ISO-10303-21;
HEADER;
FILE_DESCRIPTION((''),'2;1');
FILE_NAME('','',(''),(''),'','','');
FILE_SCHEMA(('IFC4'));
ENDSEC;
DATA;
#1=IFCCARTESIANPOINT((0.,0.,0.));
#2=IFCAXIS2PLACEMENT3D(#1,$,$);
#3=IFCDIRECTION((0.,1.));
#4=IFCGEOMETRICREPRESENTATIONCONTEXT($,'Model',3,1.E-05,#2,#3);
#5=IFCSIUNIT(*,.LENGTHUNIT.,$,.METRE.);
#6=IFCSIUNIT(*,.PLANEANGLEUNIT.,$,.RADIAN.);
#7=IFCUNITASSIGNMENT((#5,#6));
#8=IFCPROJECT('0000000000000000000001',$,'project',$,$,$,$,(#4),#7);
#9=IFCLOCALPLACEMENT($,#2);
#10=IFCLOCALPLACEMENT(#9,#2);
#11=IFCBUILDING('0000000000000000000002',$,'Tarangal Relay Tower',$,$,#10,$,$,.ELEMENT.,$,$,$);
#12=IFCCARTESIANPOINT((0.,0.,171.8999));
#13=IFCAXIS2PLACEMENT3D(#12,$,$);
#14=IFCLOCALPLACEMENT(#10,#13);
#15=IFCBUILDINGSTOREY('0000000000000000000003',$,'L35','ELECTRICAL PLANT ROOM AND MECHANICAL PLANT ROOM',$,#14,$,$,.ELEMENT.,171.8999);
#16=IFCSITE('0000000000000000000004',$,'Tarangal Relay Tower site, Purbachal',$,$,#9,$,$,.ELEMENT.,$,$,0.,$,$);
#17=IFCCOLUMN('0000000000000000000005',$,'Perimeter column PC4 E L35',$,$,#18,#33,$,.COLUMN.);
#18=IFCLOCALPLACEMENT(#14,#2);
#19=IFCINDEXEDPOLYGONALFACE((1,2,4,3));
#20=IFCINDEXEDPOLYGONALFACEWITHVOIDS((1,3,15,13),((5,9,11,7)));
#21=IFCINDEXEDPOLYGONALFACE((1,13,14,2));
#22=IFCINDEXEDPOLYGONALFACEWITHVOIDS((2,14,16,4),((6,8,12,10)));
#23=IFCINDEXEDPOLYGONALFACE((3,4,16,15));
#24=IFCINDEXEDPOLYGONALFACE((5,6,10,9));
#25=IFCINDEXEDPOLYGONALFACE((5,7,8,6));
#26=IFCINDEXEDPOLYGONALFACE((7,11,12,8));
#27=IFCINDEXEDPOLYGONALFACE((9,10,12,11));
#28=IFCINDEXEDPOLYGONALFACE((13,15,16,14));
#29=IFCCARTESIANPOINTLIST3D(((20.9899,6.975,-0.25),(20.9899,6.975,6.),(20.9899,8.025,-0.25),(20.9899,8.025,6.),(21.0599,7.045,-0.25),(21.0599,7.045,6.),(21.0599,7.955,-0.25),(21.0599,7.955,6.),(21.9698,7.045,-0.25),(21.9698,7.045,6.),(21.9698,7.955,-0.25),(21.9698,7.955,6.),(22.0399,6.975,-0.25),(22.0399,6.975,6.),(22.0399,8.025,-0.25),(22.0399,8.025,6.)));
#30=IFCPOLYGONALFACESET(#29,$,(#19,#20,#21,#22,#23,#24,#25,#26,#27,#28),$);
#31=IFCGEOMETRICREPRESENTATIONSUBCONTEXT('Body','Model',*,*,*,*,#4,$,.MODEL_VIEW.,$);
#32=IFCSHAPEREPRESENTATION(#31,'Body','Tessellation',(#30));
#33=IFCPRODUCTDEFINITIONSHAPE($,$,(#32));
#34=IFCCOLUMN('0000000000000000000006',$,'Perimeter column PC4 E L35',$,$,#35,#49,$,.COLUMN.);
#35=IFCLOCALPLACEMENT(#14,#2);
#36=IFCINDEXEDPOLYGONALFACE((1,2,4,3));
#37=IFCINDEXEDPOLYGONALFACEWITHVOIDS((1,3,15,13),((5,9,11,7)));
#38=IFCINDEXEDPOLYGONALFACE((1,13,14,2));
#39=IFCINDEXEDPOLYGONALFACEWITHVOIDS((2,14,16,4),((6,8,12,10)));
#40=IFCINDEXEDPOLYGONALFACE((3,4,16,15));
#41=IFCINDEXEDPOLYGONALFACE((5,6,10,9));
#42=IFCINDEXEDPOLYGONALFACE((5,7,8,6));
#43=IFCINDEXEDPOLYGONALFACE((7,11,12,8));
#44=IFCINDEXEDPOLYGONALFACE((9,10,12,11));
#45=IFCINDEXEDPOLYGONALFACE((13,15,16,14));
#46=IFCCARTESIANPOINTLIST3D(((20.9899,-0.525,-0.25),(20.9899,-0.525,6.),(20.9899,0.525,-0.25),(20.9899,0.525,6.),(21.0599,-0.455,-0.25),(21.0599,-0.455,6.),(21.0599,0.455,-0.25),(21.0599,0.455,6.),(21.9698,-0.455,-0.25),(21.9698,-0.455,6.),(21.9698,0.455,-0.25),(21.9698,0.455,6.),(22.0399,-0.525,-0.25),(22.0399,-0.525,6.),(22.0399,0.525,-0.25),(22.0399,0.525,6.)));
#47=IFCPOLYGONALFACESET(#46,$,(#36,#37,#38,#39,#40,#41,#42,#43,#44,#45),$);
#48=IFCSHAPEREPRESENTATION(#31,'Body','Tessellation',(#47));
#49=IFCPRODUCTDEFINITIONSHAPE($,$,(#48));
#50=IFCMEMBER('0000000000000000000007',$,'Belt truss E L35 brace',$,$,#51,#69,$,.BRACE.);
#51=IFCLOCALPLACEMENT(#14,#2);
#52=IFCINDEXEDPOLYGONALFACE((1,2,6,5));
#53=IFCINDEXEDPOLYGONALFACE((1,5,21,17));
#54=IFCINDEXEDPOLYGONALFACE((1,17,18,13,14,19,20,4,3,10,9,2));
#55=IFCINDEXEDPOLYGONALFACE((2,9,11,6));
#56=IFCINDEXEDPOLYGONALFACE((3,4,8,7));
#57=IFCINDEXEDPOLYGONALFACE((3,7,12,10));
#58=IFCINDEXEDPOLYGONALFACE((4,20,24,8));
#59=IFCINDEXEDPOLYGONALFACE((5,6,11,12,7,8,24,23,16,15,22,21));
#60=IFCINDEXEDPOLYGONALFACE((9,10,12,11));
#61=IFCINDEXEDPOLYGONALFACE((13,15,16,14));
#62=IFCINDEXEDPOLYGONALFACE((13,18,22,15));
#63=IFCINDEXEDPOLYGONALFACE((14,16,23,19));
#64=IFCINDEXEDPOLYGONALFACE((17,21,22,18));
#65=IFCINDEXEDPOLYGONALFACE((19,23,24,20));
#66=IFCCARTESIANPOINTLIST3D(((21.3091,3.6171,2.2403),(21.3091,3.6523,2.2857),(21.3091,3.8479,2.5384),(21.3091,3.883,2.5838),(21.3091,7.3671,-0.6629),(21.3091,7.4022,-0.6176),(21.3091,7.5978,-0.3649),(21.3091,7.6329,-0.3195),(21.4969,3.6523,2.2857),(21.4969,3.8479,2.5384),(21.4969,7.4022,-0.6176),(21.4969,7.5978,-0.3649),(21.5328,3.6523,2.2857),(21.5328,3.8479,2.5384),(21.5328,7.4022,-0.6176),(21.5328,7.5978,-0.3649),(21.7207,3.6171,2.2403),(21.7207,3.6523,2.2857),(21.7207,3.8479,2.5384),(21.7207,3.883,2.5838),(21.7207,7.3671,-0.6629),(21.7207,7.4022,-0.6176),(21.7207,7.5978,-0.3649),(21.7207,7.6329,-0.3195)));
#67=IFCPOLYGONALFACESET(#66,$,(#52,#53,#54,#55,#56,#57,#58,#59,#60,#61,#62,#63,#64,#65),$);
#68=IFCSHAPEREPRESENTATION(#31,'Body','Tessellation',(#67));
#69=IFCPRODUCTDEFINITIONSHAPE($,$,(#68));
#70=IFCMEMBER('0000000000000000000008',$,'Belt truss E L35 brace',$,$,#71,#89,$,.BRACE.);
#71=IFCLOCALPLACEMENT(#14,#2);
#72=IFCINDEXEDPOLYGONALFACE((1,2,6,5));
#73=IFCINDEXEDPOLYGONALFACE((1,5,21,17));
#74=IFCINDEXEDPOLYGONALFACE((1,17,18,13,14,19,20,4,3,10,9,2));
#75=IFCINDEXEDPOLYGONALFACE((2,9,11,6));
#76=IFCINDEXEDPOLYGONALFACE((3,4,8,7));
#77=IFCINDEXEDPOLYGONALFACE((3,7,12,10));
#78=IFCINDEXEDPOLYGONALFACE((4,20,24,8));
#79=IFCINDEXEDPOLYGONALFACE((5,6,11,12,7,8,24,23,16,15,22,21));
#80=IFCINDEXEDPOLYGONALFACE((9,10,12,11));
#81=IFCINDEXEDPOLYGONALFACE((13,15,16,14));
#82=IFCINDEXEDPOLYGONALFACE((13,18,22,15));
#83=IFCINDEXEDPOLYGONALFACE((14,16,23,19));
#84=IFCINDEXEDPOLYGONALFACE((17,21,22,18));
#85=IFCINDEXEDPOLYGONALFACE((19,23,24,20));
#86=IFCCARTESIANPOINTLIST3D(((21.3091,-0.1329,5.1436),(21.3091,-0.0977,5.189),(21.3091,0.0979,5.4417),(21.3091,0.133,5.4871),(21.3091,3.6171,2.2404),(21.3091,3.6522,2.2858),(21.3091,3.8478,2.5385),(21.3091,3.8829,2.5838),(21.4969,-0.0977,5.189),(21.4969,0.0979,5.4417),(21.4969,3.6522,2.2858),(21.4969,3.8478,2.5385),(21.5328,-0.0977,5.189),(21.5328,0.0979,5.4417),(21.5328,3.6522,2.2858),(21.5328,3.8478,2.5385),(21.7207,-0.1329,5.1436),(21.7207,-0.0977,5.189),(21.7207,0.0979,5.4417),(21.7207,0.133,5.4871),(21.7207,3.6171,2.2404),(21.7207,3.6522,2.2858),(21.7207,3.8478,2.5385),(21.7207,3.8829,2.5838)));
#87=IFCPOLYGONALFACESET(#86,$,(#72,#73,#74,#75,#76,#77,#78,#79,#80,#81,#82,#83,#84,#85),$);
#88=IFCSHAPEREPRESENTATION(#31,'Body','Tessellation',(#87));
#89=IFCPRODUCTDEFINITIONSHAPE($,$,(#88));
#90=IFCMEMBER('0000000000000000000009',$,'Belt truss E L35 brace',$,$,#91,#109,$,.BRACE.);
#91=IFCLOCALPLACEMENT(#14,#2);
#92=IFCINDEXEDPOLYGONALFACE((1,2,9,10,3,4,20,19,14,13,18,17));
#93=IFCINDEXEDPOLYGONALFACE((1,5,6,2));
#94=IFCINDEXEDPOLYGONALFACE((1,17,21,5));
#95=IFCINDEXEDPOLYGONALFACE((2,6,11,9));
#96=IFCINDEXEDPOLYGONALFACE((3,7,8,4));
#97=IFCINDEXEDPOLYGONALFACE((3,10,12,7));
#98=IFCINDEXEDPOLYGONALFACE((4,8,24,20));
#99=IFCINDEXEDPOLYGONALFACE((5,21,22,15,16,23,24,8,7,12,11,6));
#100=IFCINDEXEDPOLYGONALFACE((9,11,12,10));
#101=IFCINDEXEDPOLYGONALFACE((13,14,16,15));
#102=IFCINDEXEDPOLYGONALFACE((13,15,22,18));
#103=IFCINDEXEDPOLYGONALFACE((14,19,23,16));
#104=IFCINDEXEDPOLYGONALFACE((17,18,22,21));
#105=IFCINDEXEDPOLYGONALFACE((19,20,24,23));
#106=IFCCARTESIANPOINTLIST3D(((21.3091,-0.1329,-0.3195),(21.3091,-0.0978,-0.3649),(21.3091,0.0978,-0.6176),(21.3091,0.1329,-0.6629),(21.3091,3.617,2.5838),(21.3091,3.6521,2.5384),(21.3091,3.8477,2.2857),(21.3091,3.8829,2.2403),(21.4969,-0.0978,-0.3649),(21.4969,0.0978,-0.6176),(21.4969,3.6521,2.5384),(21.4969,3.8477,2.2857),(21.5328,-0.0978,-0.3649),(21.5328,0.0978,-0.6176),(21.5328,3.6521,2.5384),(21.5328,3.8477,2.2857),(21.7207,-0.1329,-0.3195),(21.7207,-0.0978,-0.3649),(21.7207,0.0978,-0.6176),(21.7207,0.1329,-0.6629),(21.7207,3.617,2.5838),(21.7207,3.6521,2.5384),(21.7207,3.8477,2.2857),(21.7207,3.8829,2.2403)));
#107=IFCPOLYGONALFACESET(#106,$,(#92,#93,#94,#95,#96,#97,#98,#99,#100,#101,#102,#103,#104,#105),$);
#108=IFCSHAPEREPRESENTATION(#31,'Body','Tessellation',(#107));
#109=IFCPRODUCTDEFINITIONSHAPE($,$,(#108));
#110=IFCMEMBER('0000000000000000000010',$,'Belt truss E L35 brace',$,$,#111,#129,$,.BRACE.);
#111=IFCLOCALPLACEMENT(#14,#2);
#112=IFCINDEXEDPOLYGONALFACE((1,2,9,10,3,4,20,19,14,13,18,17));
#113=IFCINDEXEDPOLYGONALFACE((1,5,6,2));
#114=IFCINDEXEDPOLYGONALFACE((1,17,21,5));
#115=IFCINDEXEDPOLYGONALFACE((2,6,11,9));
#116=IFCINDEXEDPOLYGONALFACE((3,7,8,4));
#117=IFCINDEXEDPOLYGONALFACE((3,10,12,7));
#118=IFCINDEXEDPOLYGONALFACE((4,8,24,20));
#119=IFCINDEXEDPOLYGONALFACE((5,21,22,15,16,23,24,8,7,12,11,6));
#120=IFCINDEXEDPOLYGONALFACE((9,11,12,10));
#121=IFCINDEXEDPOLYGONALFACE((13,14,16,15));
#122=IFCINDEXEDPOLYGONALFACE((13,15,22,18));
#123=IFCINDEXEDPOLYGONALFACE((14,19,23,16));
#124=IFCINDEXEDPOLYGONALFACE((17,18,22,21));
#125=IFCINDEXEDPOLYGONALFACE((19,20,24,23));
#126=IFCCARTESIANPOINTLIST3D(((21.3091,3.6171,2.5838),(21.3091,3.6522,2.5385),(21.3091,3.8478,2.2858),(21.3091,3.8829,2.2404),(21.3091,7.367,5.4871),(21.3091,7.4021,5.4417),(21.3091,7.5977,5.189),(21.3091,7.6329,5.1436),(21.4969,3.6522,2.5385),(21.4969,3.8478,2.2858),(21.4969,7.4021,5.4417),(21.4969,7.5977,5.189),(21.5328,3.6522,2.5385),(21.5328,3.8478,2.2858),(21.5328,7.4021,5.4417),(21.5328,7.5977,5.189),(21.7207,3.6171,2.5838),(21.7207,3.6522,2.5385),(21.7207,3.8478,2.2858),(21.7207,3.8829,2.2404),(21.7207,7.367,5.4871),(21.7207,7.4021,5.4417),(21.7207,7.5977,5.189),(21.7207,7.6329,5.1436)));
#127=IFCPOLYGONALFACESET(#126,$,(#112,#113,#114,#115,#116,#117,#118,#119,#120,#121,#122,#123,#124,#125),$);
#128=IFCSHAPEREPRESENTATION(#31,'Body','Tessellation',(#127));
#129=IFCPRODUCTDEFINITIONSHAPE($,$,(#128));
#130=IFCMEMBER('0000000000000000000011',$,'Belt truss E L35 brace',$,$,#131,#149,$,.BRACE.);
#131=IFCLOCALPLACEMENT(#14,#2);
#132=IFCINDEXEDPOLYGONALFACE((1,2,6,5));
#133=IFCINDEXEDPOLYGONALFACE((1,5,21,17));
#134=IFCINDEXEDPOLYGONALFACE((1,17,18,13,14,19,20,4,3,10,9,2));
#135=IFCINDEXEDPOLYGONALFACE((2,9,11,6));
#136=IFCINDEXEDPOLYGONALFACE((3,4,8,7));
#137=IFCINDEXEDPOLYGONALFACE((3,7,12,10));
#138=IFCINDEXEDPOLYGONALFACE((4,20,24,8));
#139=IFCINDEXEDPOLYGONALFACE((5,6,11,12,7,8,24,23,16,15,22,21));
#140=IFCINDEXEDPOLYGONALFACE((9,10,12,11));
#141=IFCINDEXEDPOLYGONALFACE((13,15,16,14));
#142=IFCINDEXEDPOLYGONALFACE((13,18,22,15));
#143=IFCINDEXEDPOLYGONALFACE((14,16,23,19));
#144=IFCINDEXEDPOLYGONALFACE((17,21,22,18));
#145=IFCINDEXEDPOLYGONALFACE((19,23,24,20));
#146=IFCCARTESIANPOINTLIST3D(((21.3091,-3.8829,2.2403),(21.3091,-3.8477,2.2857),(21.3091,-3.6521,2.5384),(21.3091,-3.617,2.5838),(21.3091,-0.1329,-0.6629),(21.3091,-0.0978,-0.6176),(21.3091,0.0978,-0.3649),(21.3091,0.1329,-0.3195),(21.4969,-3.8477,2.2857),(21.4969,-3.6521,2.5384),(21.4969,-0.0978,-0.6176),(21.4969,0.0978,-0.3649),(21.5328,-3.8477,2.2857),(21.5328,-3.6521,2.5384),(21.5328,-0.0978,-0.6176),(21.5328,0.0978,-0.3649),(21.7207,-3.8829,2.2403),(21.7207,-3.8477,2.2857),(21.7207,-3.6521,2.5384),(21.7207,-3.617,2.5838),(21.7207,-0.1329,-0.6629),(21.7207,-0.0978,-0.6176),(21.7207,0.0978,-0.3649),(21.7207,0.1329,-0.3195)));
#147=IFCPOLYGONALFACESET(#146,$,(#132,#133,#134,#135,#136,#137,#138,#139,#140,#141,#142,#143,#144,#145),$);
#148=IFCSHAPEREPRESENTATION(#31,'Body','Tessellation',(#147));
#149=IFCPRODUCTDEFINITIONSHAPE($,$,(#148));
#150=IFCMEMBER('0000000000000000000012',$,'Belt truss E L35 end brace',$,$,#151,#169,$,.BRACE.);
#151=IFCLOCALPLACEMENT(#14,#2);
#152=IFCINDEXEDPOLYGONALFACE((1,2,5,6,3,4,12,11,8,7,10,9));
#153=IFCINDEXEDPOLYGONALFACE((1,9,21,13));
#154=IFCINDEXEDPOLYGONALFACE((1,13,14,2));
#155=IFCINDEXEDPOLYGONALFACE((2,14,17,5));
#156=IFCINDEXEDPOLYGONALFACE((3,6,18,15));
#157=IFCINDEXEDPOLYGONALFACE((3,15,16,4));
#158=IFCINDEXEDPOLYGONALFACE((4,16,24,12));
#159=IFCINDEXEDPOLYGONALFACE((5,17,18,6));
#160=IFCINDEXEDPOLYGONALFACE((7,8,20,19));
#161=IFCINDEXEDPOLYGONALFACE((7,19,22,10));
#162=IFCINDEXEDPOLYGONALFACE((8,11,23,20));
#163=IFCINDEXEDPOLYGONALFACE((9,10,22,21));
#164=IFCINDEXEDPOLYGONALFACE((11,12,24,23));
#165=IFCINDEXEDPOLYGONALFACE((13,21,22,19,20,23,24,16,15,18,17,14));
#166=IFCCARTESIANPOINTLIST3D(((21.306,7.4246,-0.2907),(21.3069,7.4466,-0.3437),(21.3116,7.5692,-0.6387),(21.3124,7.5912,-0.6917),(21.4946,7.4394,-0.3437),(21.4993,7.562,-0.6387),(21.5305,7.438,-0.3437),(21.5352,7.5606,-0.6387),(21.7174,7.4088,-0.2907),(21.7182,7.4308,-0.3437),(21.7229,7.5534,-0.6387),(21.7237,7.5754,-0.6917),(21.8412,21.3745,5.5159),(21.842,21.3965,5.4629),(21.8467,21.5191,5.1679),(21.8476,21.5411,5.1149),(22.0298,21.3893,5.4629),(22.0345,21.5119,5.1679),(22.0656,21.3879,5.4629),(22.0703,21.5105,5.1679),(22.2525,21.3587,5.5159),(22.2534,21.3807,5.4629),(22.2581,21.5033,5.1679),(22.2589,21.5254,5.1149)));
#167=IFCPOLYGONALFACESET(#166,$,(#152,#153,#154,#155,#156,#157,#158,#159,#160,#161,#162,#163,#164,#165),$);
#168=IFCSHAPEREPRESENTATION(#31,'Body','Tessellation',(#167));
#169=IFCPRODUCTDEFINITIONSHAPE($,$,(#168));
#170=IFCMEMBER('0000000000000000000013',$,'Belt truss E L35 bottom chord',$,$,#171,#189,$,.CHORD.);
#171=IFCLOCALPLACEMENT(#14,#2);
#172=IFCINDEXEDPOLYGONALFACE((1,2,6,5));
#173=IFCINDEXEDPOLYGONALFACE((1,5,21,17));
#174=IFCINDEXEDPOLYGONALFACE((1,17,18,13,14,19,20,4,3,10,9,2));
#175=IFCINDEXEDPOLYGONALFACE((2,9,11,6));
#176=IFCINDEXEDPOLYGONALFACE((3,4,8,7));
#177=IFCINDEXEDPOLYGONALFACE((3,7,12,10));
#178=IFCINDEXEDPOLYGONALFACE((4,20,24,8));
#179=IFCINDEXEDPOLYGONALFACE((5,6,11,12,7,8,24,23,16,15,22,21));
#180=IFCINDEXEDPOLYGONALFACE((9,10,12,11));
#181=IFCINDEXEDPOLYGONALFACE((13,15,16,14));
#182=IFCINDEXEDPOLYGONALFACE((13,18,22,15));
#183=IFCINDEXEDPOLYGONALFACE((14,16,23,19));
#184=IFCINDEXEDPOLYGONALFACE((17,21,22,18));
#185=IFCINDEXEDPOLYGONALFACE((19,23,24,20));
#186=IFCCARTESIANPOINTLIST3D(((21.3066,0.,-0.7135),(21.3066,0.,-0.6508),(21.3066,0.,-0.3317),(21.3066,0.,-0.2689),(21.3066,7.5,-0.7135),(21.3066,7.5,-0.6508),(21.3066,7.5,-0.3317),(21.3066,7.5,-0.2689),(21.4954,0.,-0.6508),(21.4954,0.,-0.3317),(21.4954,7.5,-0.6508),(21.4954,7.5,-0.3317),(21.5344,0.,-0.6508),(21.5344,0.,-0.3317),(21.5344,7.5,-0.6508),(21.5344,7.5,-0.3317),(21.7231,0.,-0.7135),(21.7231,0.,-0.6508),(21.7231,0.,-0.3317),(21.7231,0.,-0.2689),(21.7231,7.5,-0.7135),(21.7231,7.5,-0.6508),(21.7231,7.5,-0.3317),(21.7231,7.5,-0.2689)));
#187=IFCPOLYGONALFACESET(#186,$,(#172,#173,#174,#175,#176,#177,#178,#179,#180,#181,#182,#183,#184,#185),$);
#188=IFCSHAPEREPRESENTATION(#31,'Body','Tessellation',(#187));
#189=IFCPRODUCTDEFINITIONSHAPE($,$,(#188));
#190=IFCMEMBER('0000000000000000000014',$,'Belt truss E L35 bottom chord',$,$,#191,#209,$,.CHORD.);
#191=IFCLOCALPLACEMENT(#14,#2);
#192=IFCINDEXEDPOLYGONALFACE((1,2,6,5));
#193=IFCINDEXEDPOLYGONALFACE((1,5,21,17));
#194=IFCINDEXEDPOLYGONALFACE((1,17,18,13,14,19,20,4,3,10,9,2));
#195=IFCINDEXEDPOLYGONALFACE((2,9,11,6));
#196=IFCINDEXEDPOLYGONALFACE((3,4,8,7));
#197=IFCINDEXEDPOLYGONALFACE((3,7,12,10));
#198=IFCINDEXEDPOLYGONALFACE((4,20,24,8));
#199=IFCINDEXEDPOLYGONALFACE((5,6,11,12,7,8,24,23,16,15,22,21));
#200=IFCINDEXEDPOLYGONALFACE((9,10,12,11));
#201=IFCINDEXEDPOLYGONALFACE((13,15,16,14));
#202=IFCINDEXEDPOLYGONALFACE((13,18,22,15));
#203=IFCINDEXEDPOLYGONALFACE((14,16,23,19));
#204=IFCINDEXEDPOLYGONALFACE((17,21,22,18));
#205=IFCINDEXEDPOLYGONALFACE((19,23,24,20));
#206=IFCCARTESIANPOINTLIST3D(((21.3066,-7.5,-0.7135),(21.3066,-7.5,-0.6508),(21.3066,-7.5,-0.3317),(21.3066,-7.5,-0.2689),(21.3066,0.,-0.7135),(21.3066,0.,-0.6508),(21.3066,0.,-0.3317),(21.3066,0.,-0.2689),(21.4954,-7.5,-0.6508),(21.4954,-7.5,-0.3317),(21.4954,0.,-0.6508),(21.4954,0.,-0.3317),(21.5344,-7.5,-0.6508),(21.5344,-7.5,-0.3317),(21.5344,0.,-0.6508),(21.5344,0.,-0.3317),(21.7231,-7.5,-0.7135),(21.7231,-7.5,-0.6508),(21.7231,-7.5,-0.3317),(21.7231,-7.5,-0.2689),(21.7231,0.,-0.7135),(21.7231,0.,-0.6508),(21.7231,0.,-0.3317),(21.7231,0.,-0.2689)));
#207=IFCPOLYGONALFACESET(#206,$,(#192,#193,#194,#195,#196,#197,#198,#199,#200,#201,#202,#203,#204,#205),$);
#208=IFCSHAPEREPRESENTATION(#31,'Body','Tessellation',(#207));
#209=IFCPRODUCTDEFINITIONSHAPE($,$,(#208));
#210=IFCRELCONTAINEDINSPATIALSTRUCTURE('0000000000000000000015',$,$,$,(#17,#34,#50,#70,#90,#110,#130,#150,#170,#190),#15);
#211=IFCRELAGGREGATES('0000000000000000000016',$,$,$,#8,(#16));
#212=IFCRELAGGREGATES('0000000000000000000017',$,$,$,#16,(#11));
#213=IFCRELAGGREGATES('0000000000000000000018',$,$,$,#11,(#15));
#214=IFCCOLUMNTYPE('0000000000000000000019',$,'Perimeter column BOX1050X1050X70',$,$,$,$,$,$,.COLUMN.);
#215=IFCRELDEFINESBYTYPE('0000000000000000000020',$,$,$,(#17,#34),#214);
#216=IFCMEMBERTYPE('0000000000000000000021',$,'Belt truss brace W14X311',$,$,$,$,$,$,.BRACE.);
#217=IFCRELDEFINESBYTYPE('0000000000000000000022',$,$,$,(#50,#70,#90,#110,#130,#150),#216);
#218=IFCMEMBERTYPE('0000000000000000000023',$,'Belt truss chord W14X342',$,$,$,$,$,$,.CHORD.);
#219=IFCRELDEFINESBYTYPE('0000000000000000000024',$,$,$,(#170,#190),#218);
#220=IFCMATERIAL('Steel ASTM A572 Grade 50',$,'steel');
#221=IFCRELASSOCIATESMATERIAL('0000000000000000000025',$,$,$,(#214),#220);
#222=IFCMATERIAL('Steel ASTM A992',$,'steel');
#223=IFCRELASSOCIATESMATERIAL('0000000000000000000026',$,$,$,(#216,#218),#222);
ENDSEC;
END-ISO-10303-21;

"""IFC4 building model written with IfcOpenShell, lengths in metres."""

from ifc_helpers import new_model, si_unit, direction, frame, origin, origin_2d, place, context, subcontext, project, spatial, hollow_rectangle, i_section, extrude, material, material_profile, profile_set, type_object, element, save


model = new_model("IFC4")

# Units and contexts
model_context = context("Model", 3, precision=1e-05, world=origin(), true_north=direction((0.0, 1.0)))
body_context = subcontext(model_context, "Body", "Model", "MODEL_VIEW")
ifc_project = project(units=[si_unit("LENGTHUNIT", "METRE"), si_unit("PLANEANGLEUNIT", "RADIAN")], contexts=[model_context])

# Site, building, storey
site_placement = place(None, origin())
site = spatial("IfcSite", under=ifc_project, at=site_placement, Name="Tarangal Relay Tower site, Purbachal", CompositionType="ELEMENT", RefElevation=0.0)
building_placement = place(site_placement, origin())
building = spatial("IfcBuilding", under=site, at=building_placement, Name="Tarangal Relay Tower", CompositionType="ELEMENT")
storey_placement = place(building_placement, frame((0.0, 0.0, 171.8999)))
storey = spatial("IfcBuildingStorey", under=building, at=storey_placement, Name="L35", Description="ELECTRICAL PLANT ROOM AND MECHANICAL PLANT ROOM", CompositionType="ELEMENT", Elevation=171.8999)

# Columns
ifc_material_1 = material(Name="Steel ASTM A572 Grade 50", Category="steel")
ifc_material_profile_1 = material_profile(ifc_material_1, hollow_rectangle(XDim=1.05, YDim=1.05, WallThickness=0.0701, at=origin_2d()), Name="BOX1050X1050X70")
ifc_profile_set_1 = profile_set([ifc_material_profile_1], Name="Steel ASTM A572 Grade 50")
column_type = type_object("IfcColumnType", Name="Perimeter column BOX1050X1050X70", PredefinedType="COLUMN", material=ifc_profile_set_1)
for number, where, z_axis, x_axis, name in (
    (1, (21.5149, 7.5, -0.25), (0.0, 0.0, 1.0), (1.0, 0.0, 0.0), "Perimeter column PC4 E L35"),
    (2, (21.5149, 0.0, -0.25), (0.0, 0.0, 1.0), (1.0, 0.0, 0.0), "Perimeter column PC4 E L35"),
):
    element("IfcColumn", number, at=place(storey_placement, frame(where, z_axis=z_axis, x_axis=x_axis)), inside=storey, type_object=column_type, Name=name, PredefinedType="COLUMN", context=body_context, shape_type="SweptSolid", body=[
        extrude(hollow_rectangle(XDim=1.05, YDim=1.05, WallThickness=0.0701, at=origin_2d()), origin(), (0.0, 0.0, 1.0), 6.25),
    ])

# Members
ifc_material_2 = material(Name="Steel ASTM A992", Category="steel")
ifc_material_profile_2 = material_profile(ifc_material_2, i_section(OverallWidth=0.4116, OverallDepth=0.4343, WebThickness=0.0359, FlangeThickness=0.0574, at=origin_2d()), Name="W14X311")
ifc_profile_set_2 = profile_set([ifc_material_profile_2], Name="Steel ASTM A992")
member_type_1 = type_object("IfcMemberType", Name="Belt truss brace W14X311", PredefinedType="BRACE", material=ifc_profile_set_2)
for number, where, z_axis, x_axis, name in (
    (3, (21.5149, 7.5, -0.4912), (0.0, -0.790714, 0.612186), (1.0, 0.0, 0.0), "Belt truss E L35 brace"),
    (4, (21.5149, 3.75, 2.4121), (0.0, -0.790714, 0.612186), (1.0, 0.0, 0.0), "Belt truss E L35 brace"),
    (5, (21.5149, 0.0, -0.4912), (0.0, 0.790714, 0.612186), (-1.0, 0.0, 0.0), "Belt truss E L35 brace"),
    (6, (21.5149, 3.75, 2.4121), (0.0, 0.790714, 0.612186), (-1.0, 0.0, 0.0), "Belt truss E L35 brace"),
    (7, (21.5149, 0.0, -0.4912), (0.0, -0.790714, 0.612186), (1.0, 0.0, 0.0), "Belt truss E L35 brace"),
):
    element("IfcMember", number, at=place(storey_placement, frame(where, z_axis=z_axis, x_axis=x_axis)), inside=storey, type_object=member_type_1, Name=name, PredefinedType="BRACE", context=body_context, shape_type="SweptSolid", body=[
        extrude(i_section(OverallWidth=0.4116, OverallDepth=0.4343, WebThickness=0.0359, FlangeThickness=0.0574, at=origin_2d()), origin(), (0.0, 0.0, 1.0), 4.7424),
    ])
member_1_placement = place(storey_placement, frame((21.5149, 7.5, -0.4912), z_axis=(0.035395, 0.922636, 0.384045), x_axis=(-0.999265, 0.038334, 0.0)))
element("IfcMember", 8, at=member_1_placement, inside=storey, type_object=member_type_1, Name="Belt truss E L35 end brace", PredefinedType="BRACE", context=body_context, shape_type="SweptSolid", body=[
    extrude(i_section(OverallWidth=0.4116, OverallDepth=0.4343, WebThickness=0.0359, FlangeThickness=0.0574, at=origin_2d()), origin(), (0.0, 0.0, 1.0), 15.1196),
])
ifc_material_profile_3 = material_profile(ifc_material_2, i_section(OverallWidth=0.4165, OverallDepth=0.4446, WebThickness=0.0391, FlangeThickness=0.0627, at=origin_2d()), Name="W14X342")
ifc_profile_set_3 = profile_set([ifc_material_profile_3], Name="Steel ASTM A992")
member_type_2 = type_object("IfcMemberType", Name="Belt truss chord W14X342", PredefinedType="CHORD", material=ifc_profile_set_3)
for number, where, z_axis, x_axis, name in (
    (9, (21.5149, 7.5, -0.4912), (0.0, -1.0, 0.0), (1.0, 0.0, 0.0), "Belt truss E L35 bottom chord"),
    (10, (21.5149, 0.0, -0.4912), (0.0, -1.0, 0.0), (1.0, 0.0, 0.0), "Belt truss E L35 bottom chord"),
):
    element("IfcMember", number, at=place(storey_placement, frame(where, z_axis=z_axis, x_axis=x_axis)), inside=storey, type_object=member_type_2, Name=name, PredefinedType="CHORD", context=body_context, shape_type="SweptSolid", body=[
        extrude(i_section(OverallWidth=0.4165, OverallDepth=0.4446, WebThickness=0.0391, FlangeThickness=0.0627, at=origin_2d()), origin(), (0.0, 0.0, 1.0), 7.5),
    ])

save(model, "model.ifc")
